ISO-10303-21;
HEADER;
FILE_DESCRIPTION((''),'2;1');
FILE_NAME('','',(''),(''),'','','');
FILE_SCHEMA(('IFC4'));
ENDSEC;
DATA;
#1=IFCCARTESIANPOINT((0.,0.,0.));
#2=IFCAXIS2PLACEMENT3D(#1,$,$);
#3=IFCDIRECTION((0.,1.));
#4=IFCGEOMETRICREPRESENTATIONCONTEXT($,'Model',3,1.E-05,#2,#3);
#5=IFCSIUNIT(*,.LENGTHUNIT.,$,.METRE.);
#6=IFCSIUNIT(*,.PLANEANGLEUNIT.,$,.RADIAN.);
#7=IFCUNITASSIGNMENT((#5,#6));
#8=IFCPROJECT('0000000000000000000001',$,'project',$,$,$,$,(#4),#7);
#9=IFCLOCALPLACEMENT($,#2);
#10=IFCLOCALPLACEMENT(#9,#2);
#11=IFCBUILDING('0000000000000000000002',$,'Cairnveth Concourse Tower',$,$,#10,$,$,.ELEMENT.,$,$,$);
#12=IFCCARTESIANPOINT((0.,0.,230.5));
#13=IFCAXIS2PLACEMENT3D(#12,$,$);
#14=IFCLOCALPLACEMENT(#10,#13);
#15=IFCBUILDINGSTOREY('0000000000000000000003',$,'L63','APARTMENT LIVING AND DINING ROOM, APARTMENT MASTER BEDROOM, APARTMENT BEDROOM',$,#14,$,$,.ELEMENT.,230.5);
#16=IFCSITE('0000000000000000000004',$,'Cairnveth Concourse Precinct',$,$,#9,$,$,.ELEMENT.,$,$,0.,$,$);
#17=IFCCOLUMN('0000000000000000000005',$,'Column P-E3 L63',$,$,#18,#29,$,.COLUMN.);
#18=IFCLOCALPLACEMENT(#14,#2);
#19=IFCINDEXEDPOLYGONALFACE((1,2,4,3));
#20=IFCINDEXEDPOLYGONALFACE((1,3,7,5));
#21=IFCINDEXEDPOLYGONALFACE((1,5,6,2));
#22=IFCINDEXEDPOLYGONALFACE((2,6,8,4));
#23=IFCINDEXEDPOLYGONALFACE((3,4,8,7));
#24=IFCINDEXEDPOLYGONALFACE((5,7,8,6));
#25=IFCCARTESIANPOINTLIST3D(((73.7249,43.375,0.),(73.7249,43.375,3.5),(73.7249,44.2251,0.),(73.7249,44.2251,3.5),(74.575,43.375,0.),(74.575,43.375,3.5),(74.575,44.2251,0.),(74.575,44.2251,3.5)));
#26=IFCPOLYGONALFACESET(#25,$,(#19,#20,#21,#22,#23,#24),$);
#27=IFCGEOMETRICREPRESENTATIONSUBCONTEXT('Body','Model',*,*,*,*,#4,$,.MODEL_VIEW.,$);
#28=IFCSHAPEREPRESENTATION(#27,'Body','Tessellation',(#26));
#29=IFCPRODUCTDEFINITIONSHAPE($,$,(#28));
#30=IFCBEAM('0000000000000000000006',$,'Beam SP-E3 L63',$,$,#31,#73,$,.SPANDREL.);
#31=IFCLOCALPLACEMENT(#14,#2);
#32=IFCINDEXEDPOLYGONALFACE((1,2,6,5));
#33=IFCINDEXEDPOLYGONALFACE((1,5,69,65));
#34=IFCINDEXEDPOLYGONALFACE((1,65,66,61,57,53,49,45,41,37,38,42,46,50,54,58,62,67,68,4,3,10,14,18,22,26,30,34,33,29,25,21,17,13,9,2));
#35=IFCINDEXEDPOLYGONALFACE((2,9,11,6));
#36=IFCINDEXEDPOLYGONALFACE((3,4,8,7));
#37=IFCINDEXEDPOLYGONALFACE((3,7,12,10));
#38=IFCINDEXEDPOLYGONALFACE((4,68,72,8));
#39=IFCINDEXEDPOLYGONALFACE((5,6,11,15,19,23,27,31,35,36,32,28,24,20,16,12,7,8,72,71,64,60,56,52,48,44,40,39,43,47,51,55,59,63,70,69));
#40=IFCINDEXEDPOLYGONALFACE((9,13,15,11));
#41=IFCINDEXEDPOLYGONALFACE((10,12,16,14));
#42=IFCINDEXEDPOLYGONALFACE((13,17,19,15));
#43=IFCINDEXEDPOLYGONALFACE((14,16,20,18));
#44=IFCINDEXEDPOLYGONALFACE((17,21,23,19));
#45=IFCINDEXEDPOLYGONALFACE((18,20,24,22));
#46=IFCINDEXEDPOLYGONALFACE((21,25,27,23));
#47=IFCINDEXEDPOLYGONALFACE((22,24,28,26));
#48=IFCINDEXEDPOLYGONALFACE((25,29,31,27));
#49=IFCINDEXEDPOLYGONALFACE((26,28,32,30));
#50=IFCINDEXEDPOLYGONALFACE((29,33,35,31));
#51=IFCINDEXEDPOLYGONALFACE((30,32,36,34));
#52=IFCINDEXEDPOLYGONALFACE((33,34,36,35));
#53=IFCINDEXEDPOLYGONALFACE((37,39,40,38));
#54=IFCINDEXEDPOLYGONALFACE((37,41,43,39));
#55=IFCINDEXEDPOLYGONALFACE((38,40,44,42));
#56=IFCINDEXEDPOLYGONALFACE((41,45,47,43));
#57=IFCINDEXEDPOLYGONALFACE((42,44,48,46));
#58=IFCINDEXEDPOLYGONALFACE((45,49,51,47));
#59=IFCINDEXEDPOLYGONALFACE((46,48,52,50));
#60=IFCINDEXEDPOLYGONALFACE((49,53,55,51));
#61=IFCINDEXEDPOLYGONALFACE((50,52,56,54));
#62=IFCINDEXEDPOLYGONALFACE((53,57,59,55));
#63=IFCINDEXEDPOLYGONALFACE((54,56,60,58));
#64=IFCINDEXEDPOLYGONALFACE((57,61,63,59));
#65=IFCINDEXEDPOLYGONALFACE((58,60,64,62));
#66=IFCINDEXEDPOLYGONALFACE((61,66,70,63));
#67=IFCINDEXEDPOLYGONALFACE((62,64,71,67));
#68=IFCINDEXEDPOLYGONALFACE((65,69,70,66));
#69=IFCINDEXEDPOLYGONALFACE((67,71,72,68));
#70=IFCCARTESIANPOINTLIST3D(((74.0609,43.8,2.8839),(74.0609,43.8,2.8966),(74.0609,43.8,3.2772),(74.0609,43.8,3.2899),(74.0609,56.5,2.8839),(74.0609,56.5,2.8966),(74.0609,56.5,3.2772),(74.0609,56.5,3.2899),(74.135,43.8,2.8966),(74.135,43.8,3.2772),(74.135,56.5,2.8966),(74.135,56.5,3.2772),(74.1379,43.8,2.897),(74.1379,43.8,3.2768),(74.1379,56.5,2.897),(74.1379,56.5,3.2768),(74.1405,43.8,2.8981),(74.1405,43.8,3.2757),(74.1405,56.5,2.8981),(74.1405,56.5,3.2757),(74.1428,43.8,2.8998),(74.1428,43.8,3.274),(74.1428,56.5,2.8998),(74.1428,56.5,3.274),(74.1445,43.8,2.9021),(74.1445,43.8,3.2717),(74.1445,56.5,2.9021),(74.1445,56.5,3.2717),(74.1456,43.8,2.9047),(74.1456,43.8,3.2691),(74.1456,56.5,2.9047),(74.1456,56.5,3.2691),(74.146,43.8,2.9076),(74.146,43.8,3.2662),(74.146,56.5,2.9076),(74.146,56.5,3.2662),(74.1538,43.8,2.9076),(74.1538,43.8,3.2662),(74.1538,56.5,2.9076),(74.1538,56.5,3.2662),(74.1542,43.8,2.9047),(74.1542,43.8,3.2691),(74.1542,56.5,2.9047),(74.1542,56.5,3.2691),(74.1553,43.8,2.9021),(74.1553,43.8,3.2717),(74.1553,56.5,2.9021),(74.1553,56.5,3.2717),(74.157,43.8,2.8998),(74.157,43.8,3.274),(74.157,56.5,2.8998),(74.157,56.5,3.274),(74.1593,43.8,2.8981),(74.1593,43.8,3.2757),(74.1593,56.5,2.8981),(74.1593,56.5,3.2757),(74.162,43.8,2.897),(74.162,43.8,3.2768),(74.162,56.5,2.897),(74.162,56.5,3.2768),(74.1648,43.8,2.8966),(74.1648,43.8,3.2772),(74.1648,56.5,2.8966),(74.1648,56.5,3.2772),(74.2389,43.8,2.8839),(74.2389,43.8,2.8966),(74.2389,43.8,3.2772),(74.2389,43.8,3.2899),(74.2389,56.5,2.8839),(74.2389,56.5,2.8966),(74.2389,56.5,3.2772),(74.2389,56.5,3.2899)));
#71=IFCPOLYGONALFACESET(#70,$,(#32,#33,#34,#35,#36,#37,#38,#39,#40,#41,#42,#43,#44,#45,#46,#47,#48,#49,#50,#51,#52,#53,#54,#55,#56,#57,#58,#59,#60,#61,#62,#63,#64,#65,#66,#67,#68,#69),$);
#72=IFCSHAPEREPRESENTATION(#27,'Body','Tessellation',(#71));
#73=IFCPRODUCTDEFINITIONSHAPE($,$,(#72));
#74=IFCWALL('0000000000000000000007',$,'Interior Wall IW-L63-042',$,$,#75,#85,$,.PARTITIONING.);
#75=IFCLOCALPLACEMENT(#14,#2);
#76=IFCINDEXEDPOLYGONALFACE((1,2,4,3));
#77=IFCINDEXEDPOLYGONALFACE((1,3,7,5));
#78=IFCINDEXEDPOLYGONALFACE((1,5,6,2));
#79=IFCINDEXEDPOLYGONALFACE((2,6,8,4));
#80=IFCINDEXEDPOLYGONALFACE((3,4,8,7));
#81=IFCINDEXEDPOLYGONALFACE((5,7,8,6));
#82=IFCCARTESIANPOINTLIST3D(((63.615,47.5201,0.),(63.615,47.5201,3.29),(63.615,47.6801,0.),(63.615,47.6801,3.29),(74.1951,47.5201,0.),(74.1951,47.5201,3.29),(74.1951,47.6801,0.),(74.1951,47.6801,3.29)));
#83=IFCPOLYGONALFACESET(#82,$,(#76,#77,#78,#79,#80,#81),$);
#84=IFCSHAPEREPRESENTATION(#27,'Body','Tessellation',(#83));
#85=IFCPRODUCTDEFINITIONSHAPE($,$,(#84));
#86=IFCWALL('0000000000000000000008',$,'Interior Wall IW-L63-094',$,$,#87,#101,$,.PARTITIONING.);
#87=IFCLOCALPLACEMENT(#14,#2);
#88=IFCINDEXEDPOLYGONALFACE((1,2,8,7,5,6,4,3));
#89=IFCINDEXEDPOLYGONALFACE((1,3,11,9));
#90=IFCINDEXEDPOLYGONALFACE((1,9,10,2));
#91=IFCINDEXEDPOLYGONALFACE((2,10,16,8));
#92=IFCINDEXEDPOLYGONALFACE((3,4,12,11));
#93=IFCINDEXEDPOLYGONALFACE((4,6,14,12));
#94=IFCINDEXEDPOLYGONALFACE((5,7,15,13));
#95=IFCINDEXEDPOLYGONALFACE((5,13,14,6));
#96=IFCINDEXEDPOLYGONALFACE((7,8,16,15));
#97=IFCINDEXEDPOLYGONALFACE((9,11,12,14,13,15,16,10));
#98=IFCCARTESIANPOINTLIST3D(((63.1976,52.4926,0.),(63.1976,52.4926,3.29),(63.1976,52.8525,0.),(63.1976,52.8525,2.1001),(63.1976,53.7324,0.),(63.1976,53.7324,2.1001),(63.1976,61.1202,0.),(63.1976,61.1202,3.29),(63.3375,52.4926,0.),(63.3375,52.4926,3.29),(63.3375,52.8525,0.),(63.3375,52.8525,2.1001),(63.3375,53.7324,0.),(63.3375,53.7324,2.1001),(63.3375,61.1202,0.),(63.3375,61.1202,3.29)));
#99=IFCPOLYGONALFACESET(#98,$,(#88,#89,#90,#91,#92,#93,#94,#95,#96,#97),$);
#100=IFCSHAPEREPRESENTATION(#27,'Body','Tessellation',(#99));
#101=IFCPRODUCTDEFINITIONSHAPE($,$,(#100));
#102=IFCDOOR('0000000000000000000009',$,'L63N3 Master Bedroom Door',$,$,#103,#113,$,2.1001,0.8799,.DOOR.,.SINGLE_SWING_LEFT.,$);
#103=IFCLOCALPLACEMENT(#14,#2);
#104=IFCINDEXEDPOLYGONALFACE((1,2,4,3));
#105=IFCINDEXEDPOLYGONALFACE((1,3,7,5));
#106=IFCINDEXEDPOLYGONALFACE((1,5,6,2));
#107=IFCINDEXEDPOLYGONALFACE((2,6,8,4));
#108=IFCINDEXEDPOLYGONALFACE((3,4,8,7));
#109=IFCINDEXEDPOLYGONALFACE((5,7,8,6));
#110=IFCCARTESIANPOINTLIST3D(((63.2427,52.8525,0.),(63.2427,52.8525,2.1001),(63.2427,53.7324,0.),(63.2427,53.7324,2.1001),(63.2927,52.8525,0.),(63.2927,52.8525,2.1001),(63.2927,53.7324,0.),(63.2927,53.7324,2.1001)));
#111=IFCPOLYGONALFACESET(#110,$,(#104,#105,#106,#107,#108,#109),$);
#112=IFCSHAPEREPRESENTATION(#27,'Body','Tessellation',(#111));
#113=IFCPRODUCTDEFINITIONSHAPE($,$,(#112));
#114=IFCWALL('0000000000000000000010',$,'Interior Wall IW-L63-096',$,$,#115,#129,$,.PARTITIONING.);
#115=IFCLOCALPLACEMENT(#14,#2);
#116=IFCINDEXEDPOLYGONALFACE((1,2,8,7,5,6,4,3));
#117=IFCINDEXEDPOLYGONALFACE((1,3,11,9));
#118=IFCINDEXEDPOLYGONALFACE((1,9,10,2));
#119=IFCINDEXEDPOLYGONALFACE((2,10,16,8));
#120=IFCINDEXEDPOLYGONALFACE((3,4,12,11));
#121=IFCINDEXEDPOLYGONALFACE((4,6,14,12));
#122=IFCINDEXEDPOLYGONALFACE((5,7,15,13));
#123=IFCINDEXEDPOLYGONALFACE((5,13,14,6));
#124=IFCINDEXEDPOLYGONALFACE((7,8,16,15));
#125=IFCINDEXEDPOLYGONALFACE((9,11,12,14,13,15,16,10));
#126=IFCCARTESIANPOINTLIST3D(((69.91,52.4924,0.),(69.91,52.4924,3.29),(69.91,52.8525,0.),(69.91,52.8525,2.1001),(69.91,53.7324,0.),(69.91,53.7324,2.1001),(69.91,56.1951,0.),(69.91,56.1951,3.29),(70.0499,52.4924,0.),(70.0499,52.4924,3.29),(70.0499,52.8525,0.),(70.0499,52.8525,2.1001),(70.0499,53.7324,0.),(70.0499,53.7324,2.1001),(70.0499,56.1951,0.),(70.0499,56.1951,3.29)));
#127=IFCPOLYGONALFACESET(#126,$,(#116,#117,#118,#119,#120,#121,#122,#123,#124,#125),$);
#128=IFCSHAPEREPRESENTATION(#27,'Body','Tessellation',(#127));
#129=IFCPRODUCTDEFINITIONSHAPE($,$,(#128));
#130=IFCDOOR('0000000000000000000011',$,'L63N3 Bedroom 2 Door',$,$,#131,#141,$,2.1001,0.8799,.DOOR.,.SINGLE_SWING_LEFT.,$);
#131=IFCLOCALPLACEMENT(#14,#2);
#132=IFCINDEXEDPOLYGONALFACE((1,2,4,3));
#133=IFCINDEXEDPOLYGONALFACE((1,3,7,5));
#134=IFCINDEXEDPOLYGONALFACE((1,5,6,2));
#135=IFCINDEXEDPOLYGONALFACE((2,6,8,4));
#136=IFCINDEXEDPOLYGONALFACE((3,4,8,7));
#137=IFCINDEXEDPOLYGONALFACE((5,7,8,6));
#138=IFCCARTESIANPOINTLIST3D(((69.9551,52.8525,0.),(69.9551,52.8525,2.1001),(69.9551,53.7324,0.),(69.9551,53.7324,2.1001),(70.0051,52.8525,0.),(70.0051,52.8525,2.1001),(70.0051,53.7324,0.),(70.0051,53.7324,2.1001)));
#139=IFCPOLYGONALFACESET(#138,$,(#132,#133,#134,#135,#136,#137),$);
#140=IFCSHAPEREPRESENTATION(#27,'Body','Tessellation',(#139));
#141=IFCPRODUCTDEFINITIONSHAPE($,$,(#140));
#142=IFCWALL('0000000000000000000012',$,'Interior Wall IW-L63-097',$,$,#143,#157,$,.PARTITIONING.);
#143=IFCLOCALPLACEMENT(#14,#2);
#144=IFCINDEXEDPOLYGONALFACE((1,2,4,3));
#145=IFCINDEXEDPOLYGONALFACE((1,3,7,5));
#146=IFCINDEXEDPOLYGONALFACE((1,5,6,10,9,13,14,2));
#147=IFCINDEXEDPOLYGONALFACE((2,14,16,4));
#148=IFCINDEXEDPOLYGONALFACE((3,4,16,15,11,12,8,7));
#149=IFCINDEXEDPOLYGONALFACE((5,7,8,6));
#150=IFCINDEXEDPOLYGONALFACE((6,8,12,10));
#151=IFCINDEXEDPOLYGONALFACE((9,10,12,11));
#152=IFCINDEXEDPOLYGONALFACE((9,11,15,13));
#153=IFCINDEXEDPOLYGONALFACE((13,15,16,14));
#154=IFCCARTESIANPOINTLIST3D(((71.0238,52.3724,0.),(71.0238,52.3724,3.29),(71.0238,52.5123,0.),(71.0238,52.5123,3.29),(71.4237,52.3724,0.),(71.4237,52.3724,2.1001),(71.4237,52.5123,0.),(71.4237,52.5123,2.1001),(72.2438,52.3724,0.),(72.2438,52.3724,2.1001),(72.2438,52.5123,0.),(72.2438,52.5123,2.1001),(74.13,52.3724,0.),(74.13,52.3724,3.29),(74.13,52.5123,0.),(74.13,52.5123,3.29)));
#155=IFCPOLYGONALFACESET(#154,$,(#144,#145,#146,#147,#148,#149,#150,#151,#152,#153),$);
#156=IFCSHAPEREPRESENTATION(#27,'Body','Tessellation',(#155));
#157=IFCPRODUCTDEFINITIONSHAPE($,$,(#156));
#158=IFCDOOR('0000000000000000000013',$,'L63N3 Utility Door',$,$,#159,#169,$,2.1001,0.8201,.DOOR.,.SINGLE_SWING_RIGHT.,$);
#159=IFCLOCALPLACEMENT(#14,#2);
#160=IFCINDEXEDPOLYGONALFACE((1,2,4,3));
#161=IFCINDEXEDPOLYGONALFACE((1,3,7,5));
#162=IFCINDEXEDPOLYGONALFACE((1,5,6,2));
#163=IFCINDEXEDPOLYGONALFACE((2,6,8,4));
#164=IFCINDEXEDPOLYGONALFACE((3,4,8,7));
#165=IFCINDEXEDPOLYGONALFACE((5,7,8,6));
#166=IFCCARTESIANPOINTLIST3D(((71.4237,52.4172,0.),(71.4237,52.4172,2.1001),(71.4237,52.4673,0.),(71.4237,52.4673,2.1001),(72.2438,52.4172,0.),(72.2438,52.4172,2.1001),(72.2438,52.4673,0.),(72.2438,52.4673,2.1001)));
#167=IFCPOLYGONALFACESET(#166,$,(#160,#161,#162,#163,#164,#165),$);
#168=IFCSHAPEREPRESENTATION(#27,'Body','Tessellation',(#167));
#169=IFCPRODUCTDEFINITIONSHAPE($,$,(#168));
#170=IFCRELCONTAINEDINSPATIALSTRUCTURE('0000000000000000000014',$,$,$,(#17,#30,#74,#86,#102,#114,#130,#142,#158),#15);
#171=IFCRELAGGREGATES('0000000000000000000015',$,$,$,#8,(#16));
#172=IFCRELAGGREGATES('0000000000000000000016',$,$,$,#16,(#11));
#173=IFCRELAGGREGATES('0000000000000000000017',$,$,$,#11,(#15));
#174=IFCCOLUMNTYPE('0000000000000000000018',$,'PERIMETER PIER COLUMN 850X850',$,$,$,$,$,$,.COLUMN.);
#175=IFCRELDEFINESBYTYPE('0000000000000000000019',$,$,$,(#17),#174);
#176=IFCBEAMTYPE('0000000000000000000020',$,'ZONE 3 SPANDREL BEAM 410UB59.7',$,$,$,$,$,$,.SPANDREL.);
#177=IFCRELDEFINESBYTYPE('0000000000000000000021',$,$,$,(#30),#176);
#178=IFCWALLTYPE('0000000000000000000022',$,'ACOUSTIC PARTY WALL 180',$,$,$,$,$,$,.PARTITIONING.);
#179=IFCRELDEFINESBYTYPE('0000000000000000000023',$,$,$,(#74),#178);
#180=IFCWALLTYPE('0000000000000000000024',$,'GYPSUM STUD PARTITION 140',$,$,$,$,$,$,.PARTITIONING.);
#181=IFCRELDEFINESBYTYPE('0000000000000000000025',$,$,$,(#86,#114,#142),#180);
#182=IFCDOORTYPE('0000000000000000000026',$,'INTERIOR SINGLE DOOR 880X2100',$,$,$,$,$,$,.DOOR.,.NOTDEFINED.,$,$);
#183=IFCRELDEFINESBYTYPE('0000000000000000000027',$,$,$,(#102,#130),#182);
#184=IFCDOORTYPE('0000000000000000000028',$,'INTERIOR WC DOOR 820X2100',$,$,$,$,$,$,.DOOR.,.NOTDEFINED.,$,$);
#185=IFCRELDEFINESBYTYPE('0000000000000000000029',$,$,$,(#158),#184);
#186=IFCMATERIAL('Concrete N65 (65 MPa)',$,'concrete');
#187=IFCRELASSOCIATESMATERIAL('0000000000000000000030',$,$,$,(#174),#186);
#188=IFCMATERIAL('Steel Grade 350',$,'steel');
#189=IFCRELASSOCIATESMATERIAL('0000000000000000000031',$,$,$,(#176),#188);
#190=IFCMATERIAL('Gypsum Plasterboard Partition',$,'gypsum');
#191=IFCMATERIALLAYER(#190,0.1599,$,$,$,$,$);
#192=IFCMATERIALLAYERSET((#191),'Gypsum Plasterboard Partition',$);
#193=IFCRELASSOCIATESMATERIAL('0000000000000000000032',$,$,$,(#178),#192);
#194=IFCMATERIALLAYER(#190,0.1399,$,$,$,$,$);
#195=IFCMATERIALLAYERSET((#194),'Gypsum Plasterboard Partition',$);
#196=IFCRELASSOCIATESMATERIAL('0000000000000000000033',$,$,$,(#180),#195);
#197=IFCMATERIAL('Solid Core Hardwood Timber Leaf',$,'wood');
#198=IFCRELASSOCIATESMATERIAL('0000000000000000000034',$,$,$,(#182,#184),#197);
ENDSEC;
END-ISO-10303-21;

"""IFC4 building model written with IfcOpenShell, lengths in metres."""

from ifc_helpers import new_model, si_unit, direction, frame, frame_2d, origin, origin_2d, place, context, subcontext, project, spatial, rectangle, i_section, extrude, material, layer, layer_set, material_profile, profile_set, type_object, element, fill, save


model = new_model("IFC4")

# Units and contexts
model_context = context("Model", 3, precision=1e-05, world=origin(), true_north=direction((0.0, 1.0)))
body_context = subcontext(model_context, "Body", "Model", "MODEL_VIEW")
ifc_project = project(units=[si_unit("LENGTHUNIT", "METRE"), si_unit("PLANEANGLEUNIT", "RADIAN")], contexts=[model_context])

# Site, building, storey
site_placement = place(None, origin())
site = spatial("IfcSite", under=ifc_project, at=site_placement, Name="Cairnveth Concourse Precinct", CompositionType="ELEMENT", RefElevation=0.0)
building_placement = place(site_placement, origin())
building = spatial("IfcBuilding", under=site, at=building_placement, Name="Cairnveth Concourse Tower", CompositionType="ELEMENT")
storey_placement = place(building_placement, frame((0.0, 0.0, 230.5)))
storey = spatial("IfcBuildingStorey", under=building, at=storey_placement, Name="L63", Description="APARTMENT LIVING AND DINING ROOM, APARTMENT MASTER BEDROOM, APARTMENT BEDROOM", CompositionType="ELEMENT", Elevation=230.5)

# Column
ifc_material_1 = material(Name="Concrete N65 (65 MPa)", Category="concrete")
ifc_material_profile_1 = material_profile(ifc_material_1, rectangle(XDim=0.8501, YDim=0.8501, at=origin_2d()), Name="RC-COL-850x850")
ifc_profile_set_1 = profile_set([ifc_material_profile_1], Name="Concrete N65 (65 MPa)")
column_type = type_object("IfcColumnType", Name="PERIMETER PIER COLUMN 850X850", PredefinedType="COLUMN", material=ifc_profile_set_1)
column_placement = place(storey_placement, frame((74.1499, 43.8, 0.0), z_axis=(0.0, 0.0, 1.0), x_axis=(0.0, 1.0, 0.0)))
element("IfcColumn", 1, at=column_placement, inside=storey, type_object=column_type, Name="Column P-E3 L63", PredefinedType="COLUMN", context=body_context, shape_type="SweptSolid", body=[
    extrude(rectangle(XDim=0.8501, YDim=0.8501, at=origin_2d()), origin(), (0.0, 0.0, 1.0), 3.5),
])

# Beam
ifc_material_2 = material(Name="Steel Grade 350", Category="steel")
ifc_material_profile_2 = material_profile(ifc_material_2, i_section(OverallWidth=0.178, OverallDepth=0.406, WebThickness=0.0078, FlangeThickness=0.0127, FilletRadius=0.011, at=origin_2d()), Name="410UB59.7")
ifc_profile_set_2 = profile_set([ifc_material_profile_2], Name="Steel Grade 350")
beam_type = type_object("IfcBeamType", Name="ZONE 3 SPANDREL BEAM 410UB59.7", PredefinedType="SPANDREL", material=ifc_profile_set_2)
beam_placement = place(storey_placement, frame((74.1499, 43.8, 3.0869), z_axis=(0.0, 1.0, 0.0), x_axis=(-1.0, 0.0, 0.0)))
element("IfcBeam", 2, at=beam_placement, inside=storey, type_object=beam_type, Name="Beam SP-E3 L63", PredefinedType="SPANDREL", context=body_context, shape_type="SweptSolid", body=[
    extrude(i_section(OverallWidth=0.178, OverallDepth=0.406, WebThickness=0.0078, FlangeThickness=0.0127, FilletRadius=0.011, at=origin_2d()), origin(), (0.0, 0.0, 1.0), 12.7),
])

# Wall
ifc_material_3 = material(Name="Gypsum Plasterboard Partition", Category="gypsum")
ifc_layer_1 = layer(ifc_material_3, 0.1599)
ifc_layer_set_1 = layer_set([ifc_layer_1], Name="Gypsum Plasterboard Partition")
wall_type_1 = type_object("IfcWallType", Name="ACOUSTIC PARTY WALL 180", PredefinedType="PARTITIONING", material=ifc_layer_set_1)
wall_1_placement = place(storey_placement, frame((63.615, 47.6001, 0.0), z_axis=(0.0, 0.0, 1.0), x_axis=(1.0, 0.0, 0.0)))
element("IfcWall", 3, at=wall_1_placement, inside=storey, type_object=wall_type_1, Name="Interior Wall IW-L63-042", PredefinedType="PARTITIONING", context=body_context, shape_type="SweptSolid", body=[
    extrude(rectangle(XDim=10.5801, YDim=0.1599, at=frame_2d((5.29, 0.0))), origin(), (0.0, 0.0, 1.0), 3.29),
])

# Walls, openings, doors
ifc_layer_2 = layer(ifc_material_3, 0.1399)
ifc_layer_set_2 = layer_set([ifc_layer_2], Name="Gypsum Plasterboard Partition")
wall_type_2 = type_object("IfcWallType", Name="GYPSUM STUD PARTITION 140", PredefinedType="PARTITIONING", material=ifc_layer_set_2)
wall_2_placement = place(storey_placement, frame((63.2676, 52.4924, 0.0), z_axis=(0.0, 0.0, 1.0), x_axis=(0.0, 1.0, 0.0)))
wall_2 = element("IfcWall", 4, at=wall_2_placement, inside=storey, type_object=wall_type_2, Name="Interior Wall IW-L63-094", PredefinedType="PARTITIONING", context=body_context, shape_type="SweptSolid", body=[
    extrude(rectangle(XDim=8.6277, YDim=0.1399, at=frame_2d((4.314, 0.0))), origin(), (0.0, 0.0, 1.0), 3.29),
])
opening_1_placement = place(wall_2_placement, frame((0.3601, 0.0, 0.0)))
opening_1 = element("IfcOpeningElement", 5, at=opening_1_placement, cuts=wall_2, PredefinedType="OPENING", context=body_context, shape_type="SweptSolid", body=[
    extrude(rectangle(XDim=0.8799, YDim=2.1001, at=frame_2d((0.4399, 1.05))), frame((0.0, 0.0798, 0.0), z_axis=(0.0, -1.0, 0.0), x_axis=(1.0, 0.0, 0.0)), (0.0, 0.0, 1.0), 0.1599),
])
ifc_material_4 = material(Name="Solid Core Hardwood Timber Leaf", Category="wood")
door_type_1 = type_object("IfcDoorType", Name="INTERIOR SINGLE DOOR 880X2100", OperationType="NOTDEFINED", PredefinedType="DOOR", material=ifc_material_4)
door_1_placement = place(opening_1_placement, origin())
door_1 = element("IfcDoor", 6, at=door_1_placement, inside=storey, type_object=door_type_1, Name="L63N3 Master Bedroom Door", OperationType="SINGLE_SWING_LEFT", OverallHeight=2.1001, OverallWidth=0.8799, PredefinedType="DOOR", context=body_context, shape_type="SweptSolid", body=[
    extrude(rectangle(XDim=0.8799, YDim=2.1001, at=frame_2d((0.4399, 1.05))), frame((0.0, 0.0249, 0.0), z_axis=(0.0, -1.0, 0.0), x_axis=(1.0, 0.0, 0.0)), (0.0, 0.0, 1.0), 0.05),
])
fill(opening_1, door_1)
wall_3_placement = place(storey_placement, frame((69.98, 52.4924, 0.0), z_axis=(0.0, 0.0, 1.0), x_axis=(0.0, 1.0, 0.0)))
wall_3 = element("IfcWall", 7, at=wall_3_placement, inside=storey, type_object=wall_type_2, Name="Interior Wall IW-L63-096", PredefinedType="PARTITIONING", context=body_context, shape_type="SweptSolid", body=[
    extrude(rectangle(XDim=3.7026, YDim=0.1399, at=frame_2d((1.8513, 0.0))), origin(), (0.0, 0.0, 1.0), 3.29),
])
opening_2_placement = place(wall_3_placement, frame((0.3601, 0.0, 0.0)))
opening_2 = element("IfcOpeningElement", 8, at=opening_2_placement, cuts=wall_3, PredefinedType="OPENING", context=body_context, shape_type="SweptSolid", body=[
    extrude(rectangle(XDim=0.8799, YDim=2.1001, at=frame_2d((0.4399, 1.05))), frame((0.0, 0.0798, 0.0), z_axis=(0.0, -1.0, 0.0), x_axis=(1.0, 0.0, 0.0)), (0.0, 0.0, 1.0), 0.1599),
])
door_2_placement = place(opening_2_placement, origin())
door_2 = element("IfcDoor", 9, at=door_2_placement, inside=storey, type_object=door_type_1, Name="L63N3 Bedroom 2 Door", OperationType="SINGLE_SWING_LEFT", OverallHeight=2.1001, OverallWidth=0.8799, PredefinedType="DOOR", context=body_context, shape_type="SweptSolid", body=[
    extrude(rectangle(XDim=0.8799, YDim=2.1001, at=frame_2d((0.4399, 1.05))), frame((0.0, 0.0249, 0.0), z_axis=(0.0, -1.0, 0.0), x_axis=(1.0, 0.0, 0.0)), (0.0, 0.0, 1.0), 0.05),
])
fill(opening_2, door_2)
wall_4_placement = place(storey_placement, frame((71.0237, 52.4424, 0.0), z_axis=(0.0, 0.0, 1.0), x_axis=(1.0, 0.0, 0.0)))
wall_4 = element("IfcWall", 10, at=wall_4_placement, inside=storey, type_object=wall_type_2, Name="Interior Wall IW-L63-097", PredefinedType="PARTITIONING", context=body_context, shape_type="SweptSolid", body=[
    extrude(rectangle(XDim=3.1062, YDim=0.1399, at=frame_2d((1.5532, 0.0))), origin(), (0.0, 0.0, 1.0), 3.29),
])
opening_3_placement = place(wall_4_placement, frame((0.3999, 0.0, 0.0)))
opening_3 = element("IfcOpeningElement", 11, at=opening_3_placement, cuts=wall_4, PredefinedType="OPENING", context=body_context, shape_type="SweptSolid", body=[
    extrude(rectangle(XDim=0.8201, YDim=2.1001, at=frame_2d((0.4102, 1.05))), frame((0.0, 0.0798, 0.0), z_axis=(0.0, -1.0, 0.0), x_axis=(1.0, 0.0, 0.0)), (0.0, 0.0, 1.0), 0.1599),
])
door_type_2 = type_object("IfcDoorType", Name="INTERIOR WC DOOR 820X2100", OperationType="NOTDEFINED", PredefinedType="DOOR", material=ifc_material_4)
door_3_placement = place(opening_3_placement, origin())
door_3 = element("IfcDoor", 12, at=door_3_placement, inside=storey, type_object=door_type_2, Name="L63N3 Utility Door", OperationType="SINGLE_SWING_RIGHT", OverallHeight=2.1001, OverallWidth=0.8201, PredefinedType="DOOR", context=body_context, shape_type="SweptSolid", body=[
    extrude(rectangle(XDim=0.8201, YDim=2.1001, at=frame_2d((0.4102, 1.05))), frame((0.0, 0.0249, 0.0), z_axis=(0.0, -1.0, 0.0), x_axis=(1.0, 0.0, 0.0)), (0.0, 0.0, 1.0), 0.05),
])
fill(opening_3, door_3)

save(model, "model.ifc")
